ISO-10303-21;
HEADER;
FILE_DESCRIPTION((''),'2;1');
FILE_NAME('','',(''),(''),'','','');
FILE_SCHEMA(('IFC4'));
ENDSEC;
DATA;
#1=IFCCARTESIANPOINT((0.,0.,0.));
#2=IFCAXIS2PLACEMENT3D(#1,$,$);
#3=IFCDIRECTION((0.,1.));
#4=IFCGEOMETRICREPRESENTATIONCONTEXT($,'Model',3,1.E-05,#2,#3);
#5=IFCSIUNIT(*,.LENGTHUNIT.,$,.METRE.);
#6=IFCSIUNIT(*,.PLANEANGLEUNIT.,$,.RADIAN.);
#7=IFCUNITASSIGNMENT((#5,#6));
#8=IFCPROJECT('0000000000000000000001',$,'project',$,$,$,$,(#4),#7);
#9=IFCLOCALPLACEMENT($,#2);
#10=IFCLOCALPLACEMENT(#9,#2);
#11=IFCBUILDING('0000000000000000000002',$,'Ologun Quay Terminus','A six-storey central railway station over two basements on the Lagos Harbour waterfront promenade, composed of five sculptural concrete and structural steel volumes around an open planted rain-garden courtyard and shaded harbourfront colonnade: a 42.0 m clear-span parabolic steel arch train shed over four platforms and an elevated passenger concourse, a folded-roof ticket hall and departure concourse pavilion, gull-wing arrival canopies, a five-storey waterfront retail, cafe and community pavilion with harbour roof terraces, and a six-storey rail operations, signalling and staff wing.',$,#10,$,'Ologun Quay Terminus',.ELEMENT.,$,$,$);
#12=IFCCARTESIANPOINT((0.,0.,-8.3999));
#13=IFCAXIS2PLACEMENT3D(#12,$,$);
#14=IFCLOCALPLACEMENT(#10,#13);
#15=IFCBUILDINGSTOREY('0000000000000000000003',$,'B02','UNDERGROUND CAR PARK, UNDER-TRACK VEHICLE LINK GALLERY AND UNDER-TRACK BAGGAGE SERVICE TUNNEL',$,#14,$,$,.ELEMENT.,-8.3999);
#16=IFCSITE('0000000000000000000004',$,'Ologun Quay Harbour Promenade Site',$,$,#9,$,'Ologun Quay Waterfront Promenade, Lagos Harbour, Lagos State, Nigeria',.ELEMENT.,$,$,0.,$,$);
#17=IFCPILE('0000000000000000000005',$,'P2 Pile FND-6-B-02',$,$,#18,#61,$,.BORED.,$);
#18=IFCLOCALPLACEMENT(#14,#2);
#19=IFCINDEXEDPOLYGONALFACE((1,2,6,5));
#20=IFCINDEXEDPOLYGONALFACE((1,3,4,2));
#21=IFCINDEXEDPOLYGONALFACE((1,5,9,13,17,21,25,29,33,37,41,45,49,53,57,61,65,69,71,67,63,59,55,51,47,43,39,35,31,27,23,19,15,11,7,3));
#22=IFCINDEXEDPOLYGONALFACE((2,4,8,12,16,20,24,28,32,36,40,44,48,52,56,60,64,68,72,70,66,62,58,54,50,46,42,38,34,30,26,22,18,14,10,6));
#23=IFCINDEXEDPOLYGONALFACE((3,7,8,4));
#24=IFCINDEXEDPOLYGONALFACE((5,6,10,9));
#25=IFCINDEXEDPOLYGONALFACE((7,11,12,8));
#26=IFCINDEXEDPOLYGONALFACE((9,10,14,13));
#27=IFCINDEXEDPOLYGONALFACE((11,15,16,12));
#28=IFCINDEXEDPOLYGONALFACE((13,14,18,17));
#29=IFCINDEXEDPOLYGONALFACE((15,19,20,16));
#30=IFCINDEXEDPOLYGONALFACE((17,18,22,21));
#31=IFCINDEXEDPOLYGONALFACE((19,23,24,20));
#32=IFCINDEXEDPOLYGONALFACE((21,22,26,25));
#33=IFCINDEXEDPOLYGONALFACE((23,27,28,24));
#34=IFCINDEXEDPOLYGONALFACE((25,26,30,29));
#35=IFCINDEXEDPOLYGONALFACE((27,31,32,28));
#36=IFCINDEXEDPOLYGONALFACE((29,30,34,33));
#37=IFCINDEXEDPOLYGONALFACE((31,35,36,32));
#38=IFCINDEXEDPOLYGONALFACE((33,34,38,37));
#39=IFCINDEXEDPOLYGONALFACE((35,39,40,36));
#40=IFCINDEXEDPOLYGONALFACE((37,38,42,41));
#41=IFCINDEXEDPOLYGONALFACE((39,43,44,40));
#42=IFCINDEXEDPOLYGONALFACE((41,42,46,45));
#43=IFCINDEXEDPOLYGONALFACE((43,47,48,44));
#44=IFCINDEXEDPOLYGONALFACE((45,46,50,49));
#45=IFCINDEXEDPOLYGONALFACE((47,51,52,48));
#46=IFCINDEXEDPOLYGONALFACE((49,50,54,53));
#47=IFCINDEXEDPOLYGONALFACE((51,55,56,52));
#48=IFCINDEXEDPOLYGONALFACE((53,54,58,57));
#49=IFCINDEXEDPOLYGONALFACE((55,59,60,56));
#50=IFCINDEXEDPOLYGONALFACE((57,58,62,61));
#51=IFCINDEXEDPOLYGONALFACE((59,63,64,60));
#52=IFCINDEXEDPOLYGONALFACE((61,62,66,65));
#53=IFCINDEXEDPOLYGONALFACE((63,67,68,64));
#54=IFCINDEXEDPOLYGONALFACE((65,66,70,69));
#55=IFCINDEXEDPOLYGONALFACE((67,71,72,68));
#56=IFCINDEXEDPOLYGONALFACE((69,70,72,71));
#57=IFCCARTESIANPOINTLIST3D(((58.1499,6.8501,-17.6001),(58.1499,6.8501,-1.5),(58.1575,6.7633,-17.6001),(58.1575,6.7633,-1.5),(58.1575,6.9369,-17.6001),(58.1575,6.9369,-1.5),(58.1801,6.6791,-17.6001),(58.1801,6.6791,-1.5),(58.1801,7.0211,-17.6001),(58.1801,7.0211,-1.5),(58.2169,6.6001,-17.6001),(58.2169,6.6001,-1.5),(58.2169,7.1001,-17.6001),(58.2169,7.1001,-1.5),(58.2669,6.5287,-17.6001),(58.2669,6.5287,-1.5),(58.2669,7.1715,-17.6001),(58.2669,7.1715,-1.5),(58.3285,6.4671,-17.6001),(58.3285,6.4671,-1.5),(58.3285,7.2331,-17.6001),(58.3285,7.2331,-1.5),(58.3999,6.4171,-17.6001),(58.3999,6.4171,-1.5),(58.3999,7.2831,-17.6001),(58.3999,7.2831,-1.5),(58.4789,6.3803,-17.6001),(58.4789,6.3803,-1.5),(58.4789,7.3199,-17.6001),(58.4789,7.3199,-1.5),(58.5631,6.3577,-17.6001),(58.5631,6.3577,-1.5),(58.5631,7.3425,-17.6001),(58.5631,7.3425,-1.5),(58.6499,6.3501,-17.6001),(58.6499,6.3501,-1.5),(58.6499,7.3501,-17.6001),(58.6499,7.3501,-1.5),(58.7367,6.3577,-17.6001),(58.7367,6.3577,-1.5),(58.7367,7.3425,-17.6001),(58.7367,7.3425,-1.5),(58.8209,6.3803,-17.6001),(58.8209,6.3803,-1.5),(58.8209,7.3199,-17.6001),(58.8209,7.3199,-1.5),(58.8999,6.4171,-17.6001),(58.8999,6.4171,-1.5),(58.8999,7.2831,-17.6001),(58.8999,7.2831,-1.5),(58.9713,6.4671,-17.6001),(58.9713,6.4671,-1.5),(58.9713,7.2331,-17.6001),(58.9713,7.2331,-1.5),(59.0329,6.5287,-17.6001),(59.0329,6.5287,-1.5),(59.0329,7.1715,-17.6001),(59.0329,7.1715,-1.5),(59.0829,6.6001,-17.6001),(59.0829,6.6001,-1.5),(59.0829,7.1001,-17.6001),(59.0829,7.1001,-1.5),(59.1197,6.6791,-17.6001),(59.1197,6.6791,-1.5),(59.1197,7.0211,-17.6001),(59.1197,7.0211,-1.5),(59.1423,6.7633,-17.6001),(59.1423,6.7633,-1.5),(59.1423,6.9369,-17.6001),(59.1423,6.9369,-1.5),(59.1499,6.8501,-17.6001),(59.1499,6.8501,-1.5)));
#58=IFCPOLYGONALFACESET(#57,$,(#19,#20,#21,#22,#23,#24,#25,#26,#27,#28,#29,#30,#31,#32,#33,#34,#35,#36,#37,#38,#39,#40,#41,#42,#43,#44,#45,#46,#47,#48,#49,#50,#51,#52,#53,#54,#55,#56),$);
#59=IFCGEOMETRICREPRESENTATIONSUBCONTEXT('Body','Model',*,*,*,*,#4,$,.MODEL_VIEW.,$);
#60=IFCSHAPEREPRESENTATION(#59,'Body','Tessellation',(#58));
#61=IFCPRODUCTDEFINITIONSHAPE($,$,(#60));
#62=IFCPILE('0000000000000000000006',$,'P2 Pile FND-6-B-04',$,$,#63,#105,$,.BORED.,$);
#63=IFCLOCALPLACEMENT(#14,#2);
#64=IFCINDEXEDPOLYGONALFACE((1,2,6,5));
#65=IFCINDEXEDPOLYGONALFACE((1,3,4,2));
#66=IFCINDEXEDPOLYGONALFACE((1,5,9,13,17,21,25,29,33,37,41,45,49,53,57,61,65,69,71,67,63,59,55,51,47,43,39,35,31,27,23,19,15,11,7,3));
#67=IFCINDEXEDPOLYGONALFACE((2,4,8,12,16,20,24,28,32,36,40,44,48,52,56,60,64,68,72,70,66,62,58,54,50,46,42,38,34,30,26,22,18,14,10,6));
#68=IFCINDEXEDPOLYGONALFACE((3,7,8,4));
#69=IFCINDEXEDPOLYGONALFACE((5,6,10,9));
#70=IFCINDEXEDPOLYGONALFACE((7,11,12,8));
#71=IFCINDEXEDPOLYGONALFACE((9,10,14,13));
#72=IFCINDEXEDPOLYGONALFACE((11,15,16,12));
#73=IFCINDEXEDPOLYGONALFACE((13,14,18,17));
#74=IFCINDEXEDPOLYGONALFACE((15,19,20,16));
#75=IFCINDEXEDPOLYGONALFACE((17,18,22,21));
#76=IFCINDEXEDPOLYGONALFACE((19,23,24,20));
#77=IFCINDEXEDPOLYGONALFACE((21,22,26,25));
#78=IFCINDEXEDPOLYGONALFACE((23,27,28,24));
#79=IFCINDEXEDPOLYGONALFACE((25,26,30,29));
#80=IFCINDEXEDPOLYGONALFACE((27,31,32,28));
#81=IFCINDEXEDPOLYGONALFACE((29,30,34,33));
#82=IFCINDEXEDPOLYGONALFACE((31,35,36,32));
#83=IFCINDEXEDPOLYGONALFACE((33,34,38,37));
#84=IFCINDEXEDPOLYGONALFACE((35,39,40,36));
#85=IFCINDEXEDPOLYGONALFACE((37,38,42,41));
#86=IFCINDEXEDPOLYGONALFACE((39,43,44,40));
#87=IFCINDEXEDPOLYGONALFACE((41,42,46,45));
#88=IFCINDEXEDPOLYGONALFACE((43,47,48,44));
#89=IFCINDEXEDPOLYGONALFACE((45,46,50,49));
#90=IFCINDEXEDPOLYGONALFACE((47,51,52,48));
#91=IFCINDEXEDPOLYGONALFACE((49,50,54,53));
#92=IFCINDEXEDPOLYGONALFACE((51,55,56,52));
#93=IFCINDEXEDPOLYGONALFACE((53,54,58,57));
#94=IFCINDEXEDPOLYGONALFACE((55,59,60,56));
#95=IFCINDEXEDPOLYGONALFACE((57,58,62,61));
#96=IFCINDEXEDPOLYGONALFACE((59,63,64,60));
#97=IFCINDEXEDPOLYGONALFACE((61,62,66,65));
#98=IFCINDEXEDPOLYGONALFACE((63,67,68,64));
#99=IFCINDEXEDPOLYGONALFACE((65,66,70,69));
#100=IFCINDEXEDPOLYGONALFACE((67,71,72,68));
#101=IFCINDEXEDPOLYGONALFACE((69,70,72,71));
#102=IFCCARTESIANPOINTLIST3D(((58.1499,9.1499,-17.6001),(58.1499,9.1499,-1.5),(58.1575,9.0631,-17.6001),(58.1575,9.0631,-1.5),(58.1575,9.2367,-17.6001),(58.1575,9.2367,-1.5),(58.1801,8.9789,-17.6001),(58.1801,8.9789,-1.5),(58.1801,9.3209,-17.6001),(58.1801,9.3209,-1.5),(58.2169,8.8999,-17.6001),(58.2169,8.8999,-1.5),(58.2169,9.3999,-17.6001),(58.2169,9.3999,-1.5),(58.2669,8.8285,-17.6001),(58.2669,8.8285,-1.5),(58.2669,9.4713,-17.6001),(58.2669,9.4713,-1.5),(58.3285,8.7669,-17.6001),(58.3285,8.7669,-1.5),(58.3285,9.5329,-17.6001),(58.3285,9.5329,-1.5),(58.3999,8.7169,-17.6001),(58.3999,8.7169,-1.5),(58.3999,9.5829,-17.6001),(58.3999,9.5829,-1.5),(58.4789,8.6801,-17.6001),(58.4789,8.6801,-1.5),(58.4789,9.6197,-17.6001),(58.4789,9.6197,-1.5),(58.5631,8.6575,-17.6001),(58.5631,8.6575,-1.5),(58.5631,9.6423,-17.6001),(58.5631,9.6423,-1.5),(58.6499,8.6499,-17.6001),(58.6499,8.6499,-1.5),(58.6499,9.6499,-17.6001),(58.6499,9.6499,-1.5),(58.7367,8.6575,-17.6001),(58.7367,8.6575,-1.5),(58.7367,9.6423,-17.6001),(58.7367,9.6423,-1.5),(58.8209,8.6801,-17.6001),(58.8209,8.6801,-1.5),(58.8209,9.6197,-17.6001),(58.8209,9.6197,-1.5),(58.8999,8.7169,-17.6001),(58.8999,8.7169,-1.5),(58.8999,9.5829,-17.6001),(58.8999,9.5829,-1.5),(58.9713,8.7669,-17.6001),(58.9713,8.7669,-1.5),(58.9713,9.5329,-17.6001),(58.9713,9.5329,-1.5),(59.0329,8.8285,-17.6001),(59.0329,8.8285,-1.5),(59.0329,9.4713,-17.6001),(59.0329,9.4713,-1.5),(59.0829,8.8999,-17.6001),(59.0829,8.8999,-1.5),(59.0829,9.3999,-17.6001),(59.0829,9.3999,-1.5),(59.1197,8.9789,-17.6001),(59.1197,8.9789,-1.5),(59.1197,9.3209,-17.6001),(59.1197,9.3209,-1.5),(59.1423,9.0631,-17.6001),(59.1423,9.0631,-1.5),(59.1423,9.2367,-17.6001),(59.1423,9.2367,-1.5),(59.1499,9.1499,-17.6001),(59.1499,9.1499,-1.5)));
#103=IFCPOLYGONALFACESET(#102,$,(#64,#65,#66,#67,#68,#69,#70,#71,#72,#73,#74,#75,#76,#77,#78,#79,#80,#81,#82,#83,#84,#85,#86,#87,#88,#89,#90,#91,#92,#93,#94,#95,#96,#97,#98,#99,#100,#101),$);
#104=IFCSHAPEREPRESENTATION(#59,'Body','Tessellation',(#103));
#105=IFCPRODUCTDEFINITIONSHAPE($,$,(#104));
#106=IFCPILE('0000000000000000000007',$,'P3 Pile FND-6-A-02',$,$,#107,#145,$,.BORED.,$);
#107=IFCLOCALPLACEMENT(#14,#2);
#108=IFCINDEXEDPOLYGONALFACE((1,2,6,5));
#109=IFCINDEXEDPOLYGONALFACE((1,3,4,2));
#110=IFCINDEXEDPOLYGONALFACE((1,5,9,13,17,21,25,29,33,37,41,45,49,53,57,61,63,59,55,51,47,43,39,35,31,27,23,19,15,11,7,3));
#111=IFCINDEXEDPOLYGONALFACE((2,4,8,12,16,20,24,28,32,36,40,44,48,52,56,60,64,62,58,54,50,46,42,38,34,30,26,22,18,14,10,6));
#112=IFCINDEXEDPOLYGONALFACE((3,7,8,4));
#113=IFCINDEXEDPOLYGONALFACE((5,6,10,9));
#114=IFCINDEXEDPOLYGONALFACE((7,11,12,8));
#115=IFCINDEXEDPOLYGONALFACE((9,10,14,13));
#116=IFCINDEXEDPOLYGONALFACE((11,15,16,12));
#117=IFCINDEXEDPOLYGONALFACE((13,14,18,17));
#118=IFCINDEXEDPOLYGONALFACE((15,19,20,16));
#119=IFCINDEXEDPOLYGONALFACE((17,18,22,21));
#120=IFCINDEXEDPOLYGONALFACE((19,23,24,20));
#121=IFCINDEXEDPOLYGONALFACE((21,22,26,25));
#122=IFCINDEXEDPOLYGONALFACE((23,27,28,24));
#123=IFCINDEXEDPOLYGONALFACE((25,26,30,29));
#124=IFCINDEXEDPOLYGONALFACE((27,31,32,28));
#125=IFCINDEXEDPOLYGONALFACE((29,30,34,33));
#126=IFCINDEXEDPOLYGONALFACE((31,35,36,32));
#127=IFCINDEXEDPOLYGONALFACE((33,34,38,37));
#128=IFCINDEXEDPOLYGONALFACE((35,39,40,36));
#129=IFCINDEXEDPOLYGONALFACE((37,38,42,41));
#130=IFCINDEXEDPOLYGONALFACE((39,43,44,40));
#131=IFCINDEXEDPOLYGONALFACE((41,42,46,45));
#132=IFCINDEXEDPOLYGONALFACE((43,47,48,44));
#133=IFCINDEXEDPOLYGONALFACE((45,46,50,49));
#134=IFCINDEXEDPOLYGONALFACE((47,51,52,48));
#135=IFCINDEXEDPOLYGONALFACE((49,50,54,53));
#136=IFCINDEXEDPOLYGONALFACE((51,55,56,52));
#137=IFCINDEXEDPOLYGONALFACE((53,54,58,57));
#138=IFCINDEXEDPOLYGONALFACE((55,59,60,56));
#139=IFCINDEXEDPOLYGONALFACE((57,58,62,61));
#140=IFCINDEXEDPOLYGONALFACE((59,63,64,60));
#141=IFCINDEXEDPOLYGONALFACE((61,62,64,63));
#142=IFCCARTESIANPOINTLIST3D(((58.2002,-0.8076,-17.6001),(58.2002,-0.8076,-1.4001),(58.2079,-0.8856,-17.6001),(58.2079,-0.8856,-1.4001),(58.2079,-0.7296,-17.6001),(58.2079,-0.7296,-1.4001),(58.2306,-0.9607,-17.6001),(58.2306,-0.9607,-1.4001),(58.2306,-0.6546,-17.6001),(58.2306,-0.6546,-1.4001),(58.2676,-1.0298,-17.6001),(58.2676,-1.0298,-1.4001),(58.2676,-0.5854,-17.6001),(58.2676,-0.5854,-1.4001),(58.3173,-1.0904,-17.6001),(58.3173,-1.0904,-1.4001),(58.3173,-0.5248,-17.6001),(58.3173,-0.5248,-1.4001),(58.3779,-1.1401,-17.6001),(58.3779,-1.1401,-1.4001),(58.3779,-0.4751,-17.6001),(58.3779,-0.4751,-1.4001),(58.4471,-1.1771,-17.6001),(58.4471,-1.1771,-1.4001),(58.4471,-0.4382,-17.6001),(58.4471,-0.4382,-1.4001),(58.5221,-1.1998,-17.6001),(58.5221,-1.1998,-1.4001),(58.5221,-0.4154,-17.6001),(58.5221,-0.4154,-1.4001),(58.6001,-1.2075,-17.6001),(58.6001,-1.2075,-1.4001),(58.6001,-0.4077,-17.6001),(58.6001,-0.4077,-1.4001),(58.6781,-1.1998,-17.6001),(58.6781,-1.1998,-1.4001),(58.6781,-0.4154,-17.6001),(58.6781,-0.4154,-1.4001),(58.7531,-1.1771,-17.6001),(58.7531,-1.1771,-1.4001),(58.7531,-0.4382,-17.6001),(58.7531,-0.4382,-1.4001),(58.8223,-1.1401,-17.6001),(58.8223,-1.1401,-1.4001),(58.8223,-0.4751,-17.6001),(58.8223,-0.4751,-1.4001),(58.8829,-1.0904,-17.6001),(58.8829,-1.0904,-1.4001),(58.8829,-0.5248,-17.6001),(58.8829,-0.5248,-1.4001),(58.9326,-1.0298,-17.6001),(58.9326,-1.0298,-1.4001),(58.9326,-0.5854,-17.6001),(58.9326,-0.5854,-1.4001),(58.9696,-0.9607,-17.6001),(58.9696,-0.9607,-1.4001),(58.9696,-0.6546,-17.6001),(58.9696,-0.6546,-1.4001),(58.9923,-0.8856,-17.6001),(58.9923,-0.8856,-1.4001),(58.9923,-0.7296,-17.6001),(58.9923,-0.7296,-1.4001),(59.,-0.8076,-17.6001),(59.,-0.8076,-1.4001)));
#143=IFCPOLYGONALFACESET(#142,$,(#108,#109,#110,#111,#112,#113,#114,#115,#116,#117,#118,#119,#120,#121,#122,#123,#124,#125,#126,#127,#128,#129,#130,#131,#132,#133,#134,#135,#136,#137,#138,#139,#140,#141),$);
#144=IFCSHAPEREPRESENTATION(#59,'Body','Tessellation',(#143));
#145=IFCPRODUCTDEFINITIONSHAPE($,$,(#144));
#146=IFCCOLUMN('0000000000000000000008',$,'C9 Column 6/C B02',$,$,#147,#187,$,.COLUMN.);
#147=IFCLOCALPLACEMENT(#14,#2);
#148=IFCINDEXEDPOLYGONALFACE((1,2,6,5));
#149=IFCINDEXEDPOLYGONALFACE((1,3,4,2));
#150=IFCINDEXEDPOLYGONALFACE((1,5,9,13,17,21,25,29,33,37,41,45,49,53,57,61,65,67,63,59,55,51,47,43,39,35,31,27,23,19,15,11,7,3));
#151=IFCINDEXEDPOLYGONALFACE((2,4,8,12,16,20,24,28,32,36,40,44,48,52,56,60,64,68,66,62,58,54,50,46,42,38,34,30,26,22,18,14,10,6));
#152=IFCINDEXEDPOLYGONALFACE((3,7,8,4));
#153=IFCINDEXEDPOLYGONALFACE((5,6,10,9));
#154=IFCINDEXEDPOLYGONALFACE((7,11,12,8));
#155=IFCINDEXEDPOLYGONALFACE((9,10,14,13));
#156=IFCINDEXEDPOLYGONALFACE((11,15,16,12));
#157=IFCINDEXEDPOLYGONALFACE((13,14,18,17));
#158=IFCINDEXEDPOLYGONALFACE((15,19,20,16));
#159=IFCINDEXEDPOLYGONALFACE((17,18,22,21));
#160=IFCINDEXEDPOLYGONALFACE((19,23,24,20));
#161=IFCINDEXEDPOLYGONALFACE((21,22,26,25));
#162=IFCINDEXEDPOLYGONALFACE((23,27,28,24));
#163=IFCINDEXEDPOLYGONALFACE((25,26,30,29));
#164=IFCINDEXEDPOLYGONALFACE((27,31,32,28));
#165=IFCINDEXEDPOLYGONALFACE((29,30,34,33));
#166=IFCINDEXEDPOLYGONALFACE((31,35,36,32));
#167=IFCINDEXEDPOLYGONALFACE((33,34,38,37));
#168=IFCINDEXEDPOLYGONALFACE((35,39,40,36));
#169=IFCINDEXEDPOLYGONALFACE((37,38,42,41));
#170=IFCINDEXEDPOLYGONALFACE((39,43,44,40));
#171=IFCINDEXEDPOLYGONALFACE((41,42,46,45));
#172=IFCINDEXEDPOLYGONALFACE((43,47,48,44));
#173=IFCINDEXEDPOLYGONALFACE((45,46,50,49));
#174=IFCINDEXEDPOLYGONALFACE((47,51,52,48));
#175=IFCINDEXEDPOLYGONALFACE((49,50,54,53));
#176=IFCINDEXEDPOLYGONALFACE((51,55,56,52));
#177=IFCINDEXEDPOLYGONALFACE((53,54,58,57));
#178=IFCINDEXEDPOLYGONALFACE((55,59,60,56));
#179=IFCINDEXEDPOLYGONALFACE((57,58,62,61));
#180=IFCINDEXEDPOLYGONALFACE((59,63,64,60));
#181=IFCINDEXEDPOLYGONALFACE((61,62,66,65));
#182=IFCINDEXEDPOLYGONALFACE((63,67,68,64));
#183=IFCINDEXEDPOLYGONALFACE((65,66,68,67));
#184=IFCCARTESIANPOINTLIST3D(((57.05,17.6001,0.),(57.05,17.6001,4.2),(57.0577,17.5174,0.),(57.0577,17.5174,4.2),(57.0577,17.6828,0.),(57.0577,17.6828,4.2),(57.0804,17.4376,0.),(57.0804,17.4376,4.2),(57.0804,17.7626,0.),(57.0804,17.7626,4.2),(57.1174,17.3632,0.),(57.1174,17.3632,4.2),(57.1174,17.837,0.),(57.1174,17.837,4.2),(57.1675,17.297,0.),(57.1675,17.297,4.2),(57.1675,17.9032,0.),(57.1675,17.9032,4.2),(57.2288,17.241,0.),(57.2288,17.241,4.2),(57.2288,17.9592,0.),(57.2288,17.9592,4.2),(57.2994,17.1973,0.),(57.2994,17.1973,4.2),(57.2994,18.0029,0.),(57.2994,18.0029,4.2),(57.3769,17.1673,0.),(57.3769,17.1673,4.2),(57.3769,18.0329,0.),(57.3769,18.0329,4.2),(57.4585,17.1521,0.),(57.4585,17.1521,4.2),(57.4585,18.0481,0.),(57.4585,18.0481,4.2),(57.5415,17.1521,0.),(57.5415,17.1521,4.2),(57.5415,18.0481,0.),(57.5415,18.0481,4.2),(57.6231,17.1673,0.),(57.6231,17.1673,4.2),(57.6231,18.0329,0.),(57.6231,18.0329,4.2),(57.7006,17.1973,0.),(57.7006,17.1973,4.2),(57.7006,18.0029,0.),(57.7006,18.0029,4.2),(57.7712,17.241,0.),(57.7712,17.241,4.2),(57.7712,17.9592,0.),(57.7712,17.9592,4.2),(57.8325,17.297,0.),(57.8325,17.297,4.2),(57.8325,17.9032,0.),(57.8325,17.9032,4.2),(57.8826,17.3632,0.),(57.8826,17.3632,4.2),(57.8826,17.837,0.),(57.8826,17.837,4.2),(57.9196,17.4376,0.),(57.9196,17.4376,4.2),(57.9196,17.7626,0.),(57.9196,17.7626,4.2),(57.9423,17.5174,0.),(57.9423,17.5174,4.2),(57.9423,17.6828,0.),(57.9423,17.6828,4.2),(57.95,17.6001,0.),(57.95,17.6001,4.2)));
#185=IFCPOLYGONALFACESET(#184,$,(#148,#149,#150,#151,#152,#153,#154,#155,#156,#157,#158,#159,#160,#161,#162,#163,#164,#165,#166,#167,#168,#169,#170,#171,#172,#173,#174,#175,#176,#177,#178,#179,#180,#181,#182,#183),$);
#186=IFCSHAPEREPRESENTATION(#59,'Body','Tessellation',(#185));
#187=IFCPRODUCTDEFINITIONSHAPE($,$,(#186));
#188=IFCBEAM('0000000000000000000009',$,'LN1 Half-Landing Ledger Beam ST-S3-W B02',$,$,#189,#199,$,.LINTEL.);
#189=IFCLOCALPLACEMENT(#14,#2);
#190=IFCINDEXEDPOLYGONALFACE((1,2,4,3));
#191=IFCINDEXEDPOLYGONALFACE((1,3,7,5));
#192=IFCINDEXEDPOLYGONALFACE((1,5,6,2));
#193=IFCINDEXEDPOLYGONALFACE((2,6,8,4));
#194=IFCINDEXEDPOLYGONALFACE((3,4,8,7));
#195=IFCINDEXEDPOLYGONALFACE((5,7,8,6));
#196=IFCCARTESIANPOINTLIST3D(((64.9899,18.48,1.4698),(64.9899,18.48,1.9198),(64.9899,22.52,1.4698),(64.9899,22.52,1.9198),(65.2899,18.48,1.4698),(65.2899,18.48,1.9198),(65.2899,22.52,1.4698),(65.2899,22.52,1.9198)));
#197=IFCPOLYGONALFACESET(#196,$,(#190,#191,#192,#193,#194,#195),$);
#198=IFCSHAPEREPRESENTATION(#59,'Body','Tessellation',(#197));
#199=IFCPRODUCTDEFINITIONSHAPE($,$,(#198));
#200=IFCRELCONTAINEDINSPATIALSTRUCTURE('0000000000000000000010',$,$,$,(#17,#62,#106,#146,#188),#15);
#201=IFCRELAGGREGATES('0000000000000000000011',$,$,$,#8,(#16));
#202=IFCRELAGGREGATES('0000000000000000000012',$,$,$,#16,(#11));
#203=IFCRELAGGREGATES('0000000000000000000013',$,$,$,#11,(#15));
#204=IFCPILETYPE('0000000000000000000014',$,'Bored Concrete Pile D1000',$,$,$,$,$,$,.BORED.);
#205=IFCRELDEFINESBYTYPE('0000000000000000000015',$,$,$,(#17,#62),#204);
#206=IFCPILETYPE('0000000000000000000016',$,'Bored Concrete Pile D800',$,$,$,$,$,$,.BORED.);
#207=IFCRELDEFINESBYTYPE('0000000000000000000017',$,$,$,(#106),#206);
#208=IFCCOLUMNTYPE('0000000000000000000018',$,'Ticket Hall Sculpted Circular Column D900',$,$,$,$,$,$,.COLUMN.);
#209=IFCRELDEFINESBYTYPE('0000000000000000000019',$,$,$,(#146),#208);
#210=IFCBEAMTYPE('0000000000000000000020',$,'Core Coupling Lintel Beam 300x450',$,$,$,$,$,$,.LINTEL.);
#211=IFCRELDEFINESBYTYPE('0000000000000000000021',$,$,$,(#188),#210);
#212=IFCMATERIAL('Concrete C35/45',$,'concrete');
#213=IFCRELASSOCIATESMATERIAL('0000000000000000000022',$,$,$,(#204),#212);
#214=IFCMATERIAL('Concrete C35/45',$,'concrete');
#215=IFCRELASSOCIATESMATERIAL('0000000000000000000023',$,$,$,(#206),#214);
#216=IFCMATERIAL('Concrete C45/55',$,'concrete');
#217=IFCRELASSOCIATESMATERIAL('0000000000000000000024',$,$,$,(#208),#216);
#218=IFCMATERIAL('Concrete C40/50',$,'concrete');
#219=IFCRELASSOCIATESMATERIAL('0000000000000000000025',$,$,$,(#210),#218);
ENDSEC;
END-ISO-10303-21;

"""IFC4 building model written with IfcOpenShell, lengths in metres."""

from ifc_helpers import new_model, si_unit, direction, frame, origin, origin_2d, place, context, subcontext, project, spatial, rectangle, circle, extrude, material, material_profile, profile_set, type_object, element, save


model = new_model("IFC4")

# Units and contexts
model_context = context("Model", 3, precision=1e-05, world=origin(), true_north=direction((0.0, 1.0)))
body_context = subcontext(model_context, "Body", "Model", "MODEL_VIEW")
ifc_project = project(units=[si_unit("LENGTHUNIT", "METRE"), si_unit("PLANEANGLEUNIT", "RADIAN")], contexts=[model_context])

# Site, building, storey
site_placement = place(None, origin())
site = spatial("IfcSite", under=ifc_project, at=site_placement, Name="Ologun Quay Harbour Promenade Site", LongName="Ologun Quay Waterfront Promenade, Lagos Harbour, Lagos State, Nigeria", CompositionType="ELEMENT", RefElevation=0.0)
building_placement = place(site_placement, origin())
building = spatial("IfcBuilding", under=site, at=building_placement, Name="Ologun Quay Terminus", Description="A six-storey central railway station over two basements on the Lagos Harbour waterfront promenade, composed of five sculptural concrete and structural steel volumes around an open planted rain-garden courtyard and shaded harbourfront colonnade: a 42.0 m clear-span parabolic steel arch train shed over four platforms and an elevated passenger concourse, a folded-roof ticket hall and departure concourse pavilion, gull-wing arrival canopies, a five-storey waterfront retail, cafe and community pavilion with harbour roof terraces, and a six-storey rail operations, signalling and staff wing.", LongName="Ologun Quay Terminus", CompositionType="ELEMENT")
storey_placement = place(building_placement, frame((0.0, 0.0, -8.3999)))
storey = spatial("IfcBuildingStorey", under=building, at=storey_placement, Name="B02", Description="UNDERGROUND CAR PARK, UNDER-TRACK VEHICLE LINK GALLERY AND UNDER-TRACK BAGGAGE SERVICE TUNNEL", CompositionType="ELEMENT", Elevation=-8.3999)

# Piles
ifc_material_1 = material(Name="Concrete C35/45", Category="concrete")
ifc_material_profile_1 = material_profile(ifc_material_1, circle(Radius=0.5, at=origin_2d()), Name="PILE D1000")
ifc_profile_set_1 = profile_set([ifc_material_profile_1], Name="Concrete C35/45")
pile_type_1 = type_object("IfcPileType", Name="Bored Concrete Pile D1000", PredefinedType="BORED", material=ifc_profile_set_1)
for number, where, z_axis, x_axis, name in (
    (1, (58.6499, 6.8501, -1.5), (0.0, 0.0, -1.0), (1.0, 0.0, 0.0), "P2 Pile FND-6-B-02"),
    (2, (58.6499, 9.1499, -1.5), (0.0, 0.0, -1.0), (1.0, 0.0, 0.0), "P2 Pile FND-6-B-04"),
):
    element("IfcPile", number, at=place(storey_placement, frame(where, z_axis=z_axis, x_axis=x_axis)), inside=storey, type_object=pile_type_1, Name=name, PredefinedType="BORED", context=body_context, shape_type="SweptSolid", body=[
        extrude(circle(Radius=0.5, at=origin_2d()), origin(), (0.0, 0.0, 1.0), 16.1001),
    ])
ifc_material_2 = material(Name="Concrete C35/45", Category="concrete")
ifc_material_profile_2 = material_profile(ifc_material_2, circle(Radius=0.3999, at=origin_2d()), Name="PILE D800")
ifc_profile_set_2 = profile_set([ifc_material_profile_2], Name="Concrete C35/45")
pile_type_2 = type_object("IfcPileType", Name="Bored Concrete Pile D800", PredefinedType="BORED", material=ifc_profile_set_2)
pile_placement = place(storey_placement, frame((58.6001, -0.8076, -1.4001), z_axis=(0.0, 0.0, -1.0), x_axis=(1.0, 0.0, 0.0)))
element("IfcPile", 3, at=pile_placement, inside=storey, type_object=pile_type_2, Name="P3 Pile FND-6-A-02", PredefinedType="BORED", context=body_context, shape_type="SweptSolid", body=[
    extrude(circle(Radius=0.3999, at=origin_2d()), origin(), (0.0, 0.0, 1.0), 16.2),
])

# Column
ifc_material_3 = material(Name="Concrete C45/55", Category="concrete")
ifc_material_profile_3 = material_profile(ifc_material_3, circle(Radius=0.45, at=origin_2d()), Name="RC D900")
ifc_profile_set_3 = profile_set([ifc_material_profile_3], Name="Concrete C45/55")
column_type = type_object("IfcColumnType", Name="Ticket Hall Sculpted Circular Column D900", PredefinedType="COLUMN", material=ifc_profile_set_3)
column_placement = place(storey_placement, frame((57.5, 17.6001, 0.0), z_axis=(0.0, 0.0, 1.0), x_axis=(1.0, 0.0, 0.0)))
element("IfcColumn", 4, at=column_placement, inside=storey, type_object=column_type, Name="C9 Column 6/C B02", PredefinedType="COLUMN", context=body_context, shape_type="SweptSolid", body=[
    extrude(circle(Radius=0.45, at=origin_2d()), origin(), (0.0, 0.0, 1.0), 4.2),
])

# Beam
ifc_material_4 = material(Name="Concrete C40/50", Category="concrete")
ifc_material_profile_4 = material_profile(ifc_material_4, rectangle(XDim=0.3, YDim=0.45, at=origin_2d()), Name="RC 300x450")
ifc_profile_set_4 = profile_set([ifc_material_profile_4], Name="Concrete C40/50")
beam_type_1 = type_object("IfcBeamType", Name="Core Coupling Lintel Beam 300x450", PredefinedType="LINTEL", material=ifc_profile_set_4)
beam_1_placement = place(storey_placement, frame((65.1399, 18.48, 1.6948), z_axis=(0.0, 1.0, 0.0), x_axis=(-1.0, 0.0, 0.0)))
element("IfcBeam", 5, at=beam_1_placement, inside=storey, type_object=beam_type_1, Name="LN1 Half-Landing Ledger Beam ST-S3-W B02", PredefinedType="LINTEL", context=body_context, shape_type="SweptSolid", body=[
    extrude(rectangle(XDim=0.3, YDim=0.45, at=origin_2d()), origin(), (0.0, 0.0, 1.0), 4.04),
])

save(model, "model.ifc")
